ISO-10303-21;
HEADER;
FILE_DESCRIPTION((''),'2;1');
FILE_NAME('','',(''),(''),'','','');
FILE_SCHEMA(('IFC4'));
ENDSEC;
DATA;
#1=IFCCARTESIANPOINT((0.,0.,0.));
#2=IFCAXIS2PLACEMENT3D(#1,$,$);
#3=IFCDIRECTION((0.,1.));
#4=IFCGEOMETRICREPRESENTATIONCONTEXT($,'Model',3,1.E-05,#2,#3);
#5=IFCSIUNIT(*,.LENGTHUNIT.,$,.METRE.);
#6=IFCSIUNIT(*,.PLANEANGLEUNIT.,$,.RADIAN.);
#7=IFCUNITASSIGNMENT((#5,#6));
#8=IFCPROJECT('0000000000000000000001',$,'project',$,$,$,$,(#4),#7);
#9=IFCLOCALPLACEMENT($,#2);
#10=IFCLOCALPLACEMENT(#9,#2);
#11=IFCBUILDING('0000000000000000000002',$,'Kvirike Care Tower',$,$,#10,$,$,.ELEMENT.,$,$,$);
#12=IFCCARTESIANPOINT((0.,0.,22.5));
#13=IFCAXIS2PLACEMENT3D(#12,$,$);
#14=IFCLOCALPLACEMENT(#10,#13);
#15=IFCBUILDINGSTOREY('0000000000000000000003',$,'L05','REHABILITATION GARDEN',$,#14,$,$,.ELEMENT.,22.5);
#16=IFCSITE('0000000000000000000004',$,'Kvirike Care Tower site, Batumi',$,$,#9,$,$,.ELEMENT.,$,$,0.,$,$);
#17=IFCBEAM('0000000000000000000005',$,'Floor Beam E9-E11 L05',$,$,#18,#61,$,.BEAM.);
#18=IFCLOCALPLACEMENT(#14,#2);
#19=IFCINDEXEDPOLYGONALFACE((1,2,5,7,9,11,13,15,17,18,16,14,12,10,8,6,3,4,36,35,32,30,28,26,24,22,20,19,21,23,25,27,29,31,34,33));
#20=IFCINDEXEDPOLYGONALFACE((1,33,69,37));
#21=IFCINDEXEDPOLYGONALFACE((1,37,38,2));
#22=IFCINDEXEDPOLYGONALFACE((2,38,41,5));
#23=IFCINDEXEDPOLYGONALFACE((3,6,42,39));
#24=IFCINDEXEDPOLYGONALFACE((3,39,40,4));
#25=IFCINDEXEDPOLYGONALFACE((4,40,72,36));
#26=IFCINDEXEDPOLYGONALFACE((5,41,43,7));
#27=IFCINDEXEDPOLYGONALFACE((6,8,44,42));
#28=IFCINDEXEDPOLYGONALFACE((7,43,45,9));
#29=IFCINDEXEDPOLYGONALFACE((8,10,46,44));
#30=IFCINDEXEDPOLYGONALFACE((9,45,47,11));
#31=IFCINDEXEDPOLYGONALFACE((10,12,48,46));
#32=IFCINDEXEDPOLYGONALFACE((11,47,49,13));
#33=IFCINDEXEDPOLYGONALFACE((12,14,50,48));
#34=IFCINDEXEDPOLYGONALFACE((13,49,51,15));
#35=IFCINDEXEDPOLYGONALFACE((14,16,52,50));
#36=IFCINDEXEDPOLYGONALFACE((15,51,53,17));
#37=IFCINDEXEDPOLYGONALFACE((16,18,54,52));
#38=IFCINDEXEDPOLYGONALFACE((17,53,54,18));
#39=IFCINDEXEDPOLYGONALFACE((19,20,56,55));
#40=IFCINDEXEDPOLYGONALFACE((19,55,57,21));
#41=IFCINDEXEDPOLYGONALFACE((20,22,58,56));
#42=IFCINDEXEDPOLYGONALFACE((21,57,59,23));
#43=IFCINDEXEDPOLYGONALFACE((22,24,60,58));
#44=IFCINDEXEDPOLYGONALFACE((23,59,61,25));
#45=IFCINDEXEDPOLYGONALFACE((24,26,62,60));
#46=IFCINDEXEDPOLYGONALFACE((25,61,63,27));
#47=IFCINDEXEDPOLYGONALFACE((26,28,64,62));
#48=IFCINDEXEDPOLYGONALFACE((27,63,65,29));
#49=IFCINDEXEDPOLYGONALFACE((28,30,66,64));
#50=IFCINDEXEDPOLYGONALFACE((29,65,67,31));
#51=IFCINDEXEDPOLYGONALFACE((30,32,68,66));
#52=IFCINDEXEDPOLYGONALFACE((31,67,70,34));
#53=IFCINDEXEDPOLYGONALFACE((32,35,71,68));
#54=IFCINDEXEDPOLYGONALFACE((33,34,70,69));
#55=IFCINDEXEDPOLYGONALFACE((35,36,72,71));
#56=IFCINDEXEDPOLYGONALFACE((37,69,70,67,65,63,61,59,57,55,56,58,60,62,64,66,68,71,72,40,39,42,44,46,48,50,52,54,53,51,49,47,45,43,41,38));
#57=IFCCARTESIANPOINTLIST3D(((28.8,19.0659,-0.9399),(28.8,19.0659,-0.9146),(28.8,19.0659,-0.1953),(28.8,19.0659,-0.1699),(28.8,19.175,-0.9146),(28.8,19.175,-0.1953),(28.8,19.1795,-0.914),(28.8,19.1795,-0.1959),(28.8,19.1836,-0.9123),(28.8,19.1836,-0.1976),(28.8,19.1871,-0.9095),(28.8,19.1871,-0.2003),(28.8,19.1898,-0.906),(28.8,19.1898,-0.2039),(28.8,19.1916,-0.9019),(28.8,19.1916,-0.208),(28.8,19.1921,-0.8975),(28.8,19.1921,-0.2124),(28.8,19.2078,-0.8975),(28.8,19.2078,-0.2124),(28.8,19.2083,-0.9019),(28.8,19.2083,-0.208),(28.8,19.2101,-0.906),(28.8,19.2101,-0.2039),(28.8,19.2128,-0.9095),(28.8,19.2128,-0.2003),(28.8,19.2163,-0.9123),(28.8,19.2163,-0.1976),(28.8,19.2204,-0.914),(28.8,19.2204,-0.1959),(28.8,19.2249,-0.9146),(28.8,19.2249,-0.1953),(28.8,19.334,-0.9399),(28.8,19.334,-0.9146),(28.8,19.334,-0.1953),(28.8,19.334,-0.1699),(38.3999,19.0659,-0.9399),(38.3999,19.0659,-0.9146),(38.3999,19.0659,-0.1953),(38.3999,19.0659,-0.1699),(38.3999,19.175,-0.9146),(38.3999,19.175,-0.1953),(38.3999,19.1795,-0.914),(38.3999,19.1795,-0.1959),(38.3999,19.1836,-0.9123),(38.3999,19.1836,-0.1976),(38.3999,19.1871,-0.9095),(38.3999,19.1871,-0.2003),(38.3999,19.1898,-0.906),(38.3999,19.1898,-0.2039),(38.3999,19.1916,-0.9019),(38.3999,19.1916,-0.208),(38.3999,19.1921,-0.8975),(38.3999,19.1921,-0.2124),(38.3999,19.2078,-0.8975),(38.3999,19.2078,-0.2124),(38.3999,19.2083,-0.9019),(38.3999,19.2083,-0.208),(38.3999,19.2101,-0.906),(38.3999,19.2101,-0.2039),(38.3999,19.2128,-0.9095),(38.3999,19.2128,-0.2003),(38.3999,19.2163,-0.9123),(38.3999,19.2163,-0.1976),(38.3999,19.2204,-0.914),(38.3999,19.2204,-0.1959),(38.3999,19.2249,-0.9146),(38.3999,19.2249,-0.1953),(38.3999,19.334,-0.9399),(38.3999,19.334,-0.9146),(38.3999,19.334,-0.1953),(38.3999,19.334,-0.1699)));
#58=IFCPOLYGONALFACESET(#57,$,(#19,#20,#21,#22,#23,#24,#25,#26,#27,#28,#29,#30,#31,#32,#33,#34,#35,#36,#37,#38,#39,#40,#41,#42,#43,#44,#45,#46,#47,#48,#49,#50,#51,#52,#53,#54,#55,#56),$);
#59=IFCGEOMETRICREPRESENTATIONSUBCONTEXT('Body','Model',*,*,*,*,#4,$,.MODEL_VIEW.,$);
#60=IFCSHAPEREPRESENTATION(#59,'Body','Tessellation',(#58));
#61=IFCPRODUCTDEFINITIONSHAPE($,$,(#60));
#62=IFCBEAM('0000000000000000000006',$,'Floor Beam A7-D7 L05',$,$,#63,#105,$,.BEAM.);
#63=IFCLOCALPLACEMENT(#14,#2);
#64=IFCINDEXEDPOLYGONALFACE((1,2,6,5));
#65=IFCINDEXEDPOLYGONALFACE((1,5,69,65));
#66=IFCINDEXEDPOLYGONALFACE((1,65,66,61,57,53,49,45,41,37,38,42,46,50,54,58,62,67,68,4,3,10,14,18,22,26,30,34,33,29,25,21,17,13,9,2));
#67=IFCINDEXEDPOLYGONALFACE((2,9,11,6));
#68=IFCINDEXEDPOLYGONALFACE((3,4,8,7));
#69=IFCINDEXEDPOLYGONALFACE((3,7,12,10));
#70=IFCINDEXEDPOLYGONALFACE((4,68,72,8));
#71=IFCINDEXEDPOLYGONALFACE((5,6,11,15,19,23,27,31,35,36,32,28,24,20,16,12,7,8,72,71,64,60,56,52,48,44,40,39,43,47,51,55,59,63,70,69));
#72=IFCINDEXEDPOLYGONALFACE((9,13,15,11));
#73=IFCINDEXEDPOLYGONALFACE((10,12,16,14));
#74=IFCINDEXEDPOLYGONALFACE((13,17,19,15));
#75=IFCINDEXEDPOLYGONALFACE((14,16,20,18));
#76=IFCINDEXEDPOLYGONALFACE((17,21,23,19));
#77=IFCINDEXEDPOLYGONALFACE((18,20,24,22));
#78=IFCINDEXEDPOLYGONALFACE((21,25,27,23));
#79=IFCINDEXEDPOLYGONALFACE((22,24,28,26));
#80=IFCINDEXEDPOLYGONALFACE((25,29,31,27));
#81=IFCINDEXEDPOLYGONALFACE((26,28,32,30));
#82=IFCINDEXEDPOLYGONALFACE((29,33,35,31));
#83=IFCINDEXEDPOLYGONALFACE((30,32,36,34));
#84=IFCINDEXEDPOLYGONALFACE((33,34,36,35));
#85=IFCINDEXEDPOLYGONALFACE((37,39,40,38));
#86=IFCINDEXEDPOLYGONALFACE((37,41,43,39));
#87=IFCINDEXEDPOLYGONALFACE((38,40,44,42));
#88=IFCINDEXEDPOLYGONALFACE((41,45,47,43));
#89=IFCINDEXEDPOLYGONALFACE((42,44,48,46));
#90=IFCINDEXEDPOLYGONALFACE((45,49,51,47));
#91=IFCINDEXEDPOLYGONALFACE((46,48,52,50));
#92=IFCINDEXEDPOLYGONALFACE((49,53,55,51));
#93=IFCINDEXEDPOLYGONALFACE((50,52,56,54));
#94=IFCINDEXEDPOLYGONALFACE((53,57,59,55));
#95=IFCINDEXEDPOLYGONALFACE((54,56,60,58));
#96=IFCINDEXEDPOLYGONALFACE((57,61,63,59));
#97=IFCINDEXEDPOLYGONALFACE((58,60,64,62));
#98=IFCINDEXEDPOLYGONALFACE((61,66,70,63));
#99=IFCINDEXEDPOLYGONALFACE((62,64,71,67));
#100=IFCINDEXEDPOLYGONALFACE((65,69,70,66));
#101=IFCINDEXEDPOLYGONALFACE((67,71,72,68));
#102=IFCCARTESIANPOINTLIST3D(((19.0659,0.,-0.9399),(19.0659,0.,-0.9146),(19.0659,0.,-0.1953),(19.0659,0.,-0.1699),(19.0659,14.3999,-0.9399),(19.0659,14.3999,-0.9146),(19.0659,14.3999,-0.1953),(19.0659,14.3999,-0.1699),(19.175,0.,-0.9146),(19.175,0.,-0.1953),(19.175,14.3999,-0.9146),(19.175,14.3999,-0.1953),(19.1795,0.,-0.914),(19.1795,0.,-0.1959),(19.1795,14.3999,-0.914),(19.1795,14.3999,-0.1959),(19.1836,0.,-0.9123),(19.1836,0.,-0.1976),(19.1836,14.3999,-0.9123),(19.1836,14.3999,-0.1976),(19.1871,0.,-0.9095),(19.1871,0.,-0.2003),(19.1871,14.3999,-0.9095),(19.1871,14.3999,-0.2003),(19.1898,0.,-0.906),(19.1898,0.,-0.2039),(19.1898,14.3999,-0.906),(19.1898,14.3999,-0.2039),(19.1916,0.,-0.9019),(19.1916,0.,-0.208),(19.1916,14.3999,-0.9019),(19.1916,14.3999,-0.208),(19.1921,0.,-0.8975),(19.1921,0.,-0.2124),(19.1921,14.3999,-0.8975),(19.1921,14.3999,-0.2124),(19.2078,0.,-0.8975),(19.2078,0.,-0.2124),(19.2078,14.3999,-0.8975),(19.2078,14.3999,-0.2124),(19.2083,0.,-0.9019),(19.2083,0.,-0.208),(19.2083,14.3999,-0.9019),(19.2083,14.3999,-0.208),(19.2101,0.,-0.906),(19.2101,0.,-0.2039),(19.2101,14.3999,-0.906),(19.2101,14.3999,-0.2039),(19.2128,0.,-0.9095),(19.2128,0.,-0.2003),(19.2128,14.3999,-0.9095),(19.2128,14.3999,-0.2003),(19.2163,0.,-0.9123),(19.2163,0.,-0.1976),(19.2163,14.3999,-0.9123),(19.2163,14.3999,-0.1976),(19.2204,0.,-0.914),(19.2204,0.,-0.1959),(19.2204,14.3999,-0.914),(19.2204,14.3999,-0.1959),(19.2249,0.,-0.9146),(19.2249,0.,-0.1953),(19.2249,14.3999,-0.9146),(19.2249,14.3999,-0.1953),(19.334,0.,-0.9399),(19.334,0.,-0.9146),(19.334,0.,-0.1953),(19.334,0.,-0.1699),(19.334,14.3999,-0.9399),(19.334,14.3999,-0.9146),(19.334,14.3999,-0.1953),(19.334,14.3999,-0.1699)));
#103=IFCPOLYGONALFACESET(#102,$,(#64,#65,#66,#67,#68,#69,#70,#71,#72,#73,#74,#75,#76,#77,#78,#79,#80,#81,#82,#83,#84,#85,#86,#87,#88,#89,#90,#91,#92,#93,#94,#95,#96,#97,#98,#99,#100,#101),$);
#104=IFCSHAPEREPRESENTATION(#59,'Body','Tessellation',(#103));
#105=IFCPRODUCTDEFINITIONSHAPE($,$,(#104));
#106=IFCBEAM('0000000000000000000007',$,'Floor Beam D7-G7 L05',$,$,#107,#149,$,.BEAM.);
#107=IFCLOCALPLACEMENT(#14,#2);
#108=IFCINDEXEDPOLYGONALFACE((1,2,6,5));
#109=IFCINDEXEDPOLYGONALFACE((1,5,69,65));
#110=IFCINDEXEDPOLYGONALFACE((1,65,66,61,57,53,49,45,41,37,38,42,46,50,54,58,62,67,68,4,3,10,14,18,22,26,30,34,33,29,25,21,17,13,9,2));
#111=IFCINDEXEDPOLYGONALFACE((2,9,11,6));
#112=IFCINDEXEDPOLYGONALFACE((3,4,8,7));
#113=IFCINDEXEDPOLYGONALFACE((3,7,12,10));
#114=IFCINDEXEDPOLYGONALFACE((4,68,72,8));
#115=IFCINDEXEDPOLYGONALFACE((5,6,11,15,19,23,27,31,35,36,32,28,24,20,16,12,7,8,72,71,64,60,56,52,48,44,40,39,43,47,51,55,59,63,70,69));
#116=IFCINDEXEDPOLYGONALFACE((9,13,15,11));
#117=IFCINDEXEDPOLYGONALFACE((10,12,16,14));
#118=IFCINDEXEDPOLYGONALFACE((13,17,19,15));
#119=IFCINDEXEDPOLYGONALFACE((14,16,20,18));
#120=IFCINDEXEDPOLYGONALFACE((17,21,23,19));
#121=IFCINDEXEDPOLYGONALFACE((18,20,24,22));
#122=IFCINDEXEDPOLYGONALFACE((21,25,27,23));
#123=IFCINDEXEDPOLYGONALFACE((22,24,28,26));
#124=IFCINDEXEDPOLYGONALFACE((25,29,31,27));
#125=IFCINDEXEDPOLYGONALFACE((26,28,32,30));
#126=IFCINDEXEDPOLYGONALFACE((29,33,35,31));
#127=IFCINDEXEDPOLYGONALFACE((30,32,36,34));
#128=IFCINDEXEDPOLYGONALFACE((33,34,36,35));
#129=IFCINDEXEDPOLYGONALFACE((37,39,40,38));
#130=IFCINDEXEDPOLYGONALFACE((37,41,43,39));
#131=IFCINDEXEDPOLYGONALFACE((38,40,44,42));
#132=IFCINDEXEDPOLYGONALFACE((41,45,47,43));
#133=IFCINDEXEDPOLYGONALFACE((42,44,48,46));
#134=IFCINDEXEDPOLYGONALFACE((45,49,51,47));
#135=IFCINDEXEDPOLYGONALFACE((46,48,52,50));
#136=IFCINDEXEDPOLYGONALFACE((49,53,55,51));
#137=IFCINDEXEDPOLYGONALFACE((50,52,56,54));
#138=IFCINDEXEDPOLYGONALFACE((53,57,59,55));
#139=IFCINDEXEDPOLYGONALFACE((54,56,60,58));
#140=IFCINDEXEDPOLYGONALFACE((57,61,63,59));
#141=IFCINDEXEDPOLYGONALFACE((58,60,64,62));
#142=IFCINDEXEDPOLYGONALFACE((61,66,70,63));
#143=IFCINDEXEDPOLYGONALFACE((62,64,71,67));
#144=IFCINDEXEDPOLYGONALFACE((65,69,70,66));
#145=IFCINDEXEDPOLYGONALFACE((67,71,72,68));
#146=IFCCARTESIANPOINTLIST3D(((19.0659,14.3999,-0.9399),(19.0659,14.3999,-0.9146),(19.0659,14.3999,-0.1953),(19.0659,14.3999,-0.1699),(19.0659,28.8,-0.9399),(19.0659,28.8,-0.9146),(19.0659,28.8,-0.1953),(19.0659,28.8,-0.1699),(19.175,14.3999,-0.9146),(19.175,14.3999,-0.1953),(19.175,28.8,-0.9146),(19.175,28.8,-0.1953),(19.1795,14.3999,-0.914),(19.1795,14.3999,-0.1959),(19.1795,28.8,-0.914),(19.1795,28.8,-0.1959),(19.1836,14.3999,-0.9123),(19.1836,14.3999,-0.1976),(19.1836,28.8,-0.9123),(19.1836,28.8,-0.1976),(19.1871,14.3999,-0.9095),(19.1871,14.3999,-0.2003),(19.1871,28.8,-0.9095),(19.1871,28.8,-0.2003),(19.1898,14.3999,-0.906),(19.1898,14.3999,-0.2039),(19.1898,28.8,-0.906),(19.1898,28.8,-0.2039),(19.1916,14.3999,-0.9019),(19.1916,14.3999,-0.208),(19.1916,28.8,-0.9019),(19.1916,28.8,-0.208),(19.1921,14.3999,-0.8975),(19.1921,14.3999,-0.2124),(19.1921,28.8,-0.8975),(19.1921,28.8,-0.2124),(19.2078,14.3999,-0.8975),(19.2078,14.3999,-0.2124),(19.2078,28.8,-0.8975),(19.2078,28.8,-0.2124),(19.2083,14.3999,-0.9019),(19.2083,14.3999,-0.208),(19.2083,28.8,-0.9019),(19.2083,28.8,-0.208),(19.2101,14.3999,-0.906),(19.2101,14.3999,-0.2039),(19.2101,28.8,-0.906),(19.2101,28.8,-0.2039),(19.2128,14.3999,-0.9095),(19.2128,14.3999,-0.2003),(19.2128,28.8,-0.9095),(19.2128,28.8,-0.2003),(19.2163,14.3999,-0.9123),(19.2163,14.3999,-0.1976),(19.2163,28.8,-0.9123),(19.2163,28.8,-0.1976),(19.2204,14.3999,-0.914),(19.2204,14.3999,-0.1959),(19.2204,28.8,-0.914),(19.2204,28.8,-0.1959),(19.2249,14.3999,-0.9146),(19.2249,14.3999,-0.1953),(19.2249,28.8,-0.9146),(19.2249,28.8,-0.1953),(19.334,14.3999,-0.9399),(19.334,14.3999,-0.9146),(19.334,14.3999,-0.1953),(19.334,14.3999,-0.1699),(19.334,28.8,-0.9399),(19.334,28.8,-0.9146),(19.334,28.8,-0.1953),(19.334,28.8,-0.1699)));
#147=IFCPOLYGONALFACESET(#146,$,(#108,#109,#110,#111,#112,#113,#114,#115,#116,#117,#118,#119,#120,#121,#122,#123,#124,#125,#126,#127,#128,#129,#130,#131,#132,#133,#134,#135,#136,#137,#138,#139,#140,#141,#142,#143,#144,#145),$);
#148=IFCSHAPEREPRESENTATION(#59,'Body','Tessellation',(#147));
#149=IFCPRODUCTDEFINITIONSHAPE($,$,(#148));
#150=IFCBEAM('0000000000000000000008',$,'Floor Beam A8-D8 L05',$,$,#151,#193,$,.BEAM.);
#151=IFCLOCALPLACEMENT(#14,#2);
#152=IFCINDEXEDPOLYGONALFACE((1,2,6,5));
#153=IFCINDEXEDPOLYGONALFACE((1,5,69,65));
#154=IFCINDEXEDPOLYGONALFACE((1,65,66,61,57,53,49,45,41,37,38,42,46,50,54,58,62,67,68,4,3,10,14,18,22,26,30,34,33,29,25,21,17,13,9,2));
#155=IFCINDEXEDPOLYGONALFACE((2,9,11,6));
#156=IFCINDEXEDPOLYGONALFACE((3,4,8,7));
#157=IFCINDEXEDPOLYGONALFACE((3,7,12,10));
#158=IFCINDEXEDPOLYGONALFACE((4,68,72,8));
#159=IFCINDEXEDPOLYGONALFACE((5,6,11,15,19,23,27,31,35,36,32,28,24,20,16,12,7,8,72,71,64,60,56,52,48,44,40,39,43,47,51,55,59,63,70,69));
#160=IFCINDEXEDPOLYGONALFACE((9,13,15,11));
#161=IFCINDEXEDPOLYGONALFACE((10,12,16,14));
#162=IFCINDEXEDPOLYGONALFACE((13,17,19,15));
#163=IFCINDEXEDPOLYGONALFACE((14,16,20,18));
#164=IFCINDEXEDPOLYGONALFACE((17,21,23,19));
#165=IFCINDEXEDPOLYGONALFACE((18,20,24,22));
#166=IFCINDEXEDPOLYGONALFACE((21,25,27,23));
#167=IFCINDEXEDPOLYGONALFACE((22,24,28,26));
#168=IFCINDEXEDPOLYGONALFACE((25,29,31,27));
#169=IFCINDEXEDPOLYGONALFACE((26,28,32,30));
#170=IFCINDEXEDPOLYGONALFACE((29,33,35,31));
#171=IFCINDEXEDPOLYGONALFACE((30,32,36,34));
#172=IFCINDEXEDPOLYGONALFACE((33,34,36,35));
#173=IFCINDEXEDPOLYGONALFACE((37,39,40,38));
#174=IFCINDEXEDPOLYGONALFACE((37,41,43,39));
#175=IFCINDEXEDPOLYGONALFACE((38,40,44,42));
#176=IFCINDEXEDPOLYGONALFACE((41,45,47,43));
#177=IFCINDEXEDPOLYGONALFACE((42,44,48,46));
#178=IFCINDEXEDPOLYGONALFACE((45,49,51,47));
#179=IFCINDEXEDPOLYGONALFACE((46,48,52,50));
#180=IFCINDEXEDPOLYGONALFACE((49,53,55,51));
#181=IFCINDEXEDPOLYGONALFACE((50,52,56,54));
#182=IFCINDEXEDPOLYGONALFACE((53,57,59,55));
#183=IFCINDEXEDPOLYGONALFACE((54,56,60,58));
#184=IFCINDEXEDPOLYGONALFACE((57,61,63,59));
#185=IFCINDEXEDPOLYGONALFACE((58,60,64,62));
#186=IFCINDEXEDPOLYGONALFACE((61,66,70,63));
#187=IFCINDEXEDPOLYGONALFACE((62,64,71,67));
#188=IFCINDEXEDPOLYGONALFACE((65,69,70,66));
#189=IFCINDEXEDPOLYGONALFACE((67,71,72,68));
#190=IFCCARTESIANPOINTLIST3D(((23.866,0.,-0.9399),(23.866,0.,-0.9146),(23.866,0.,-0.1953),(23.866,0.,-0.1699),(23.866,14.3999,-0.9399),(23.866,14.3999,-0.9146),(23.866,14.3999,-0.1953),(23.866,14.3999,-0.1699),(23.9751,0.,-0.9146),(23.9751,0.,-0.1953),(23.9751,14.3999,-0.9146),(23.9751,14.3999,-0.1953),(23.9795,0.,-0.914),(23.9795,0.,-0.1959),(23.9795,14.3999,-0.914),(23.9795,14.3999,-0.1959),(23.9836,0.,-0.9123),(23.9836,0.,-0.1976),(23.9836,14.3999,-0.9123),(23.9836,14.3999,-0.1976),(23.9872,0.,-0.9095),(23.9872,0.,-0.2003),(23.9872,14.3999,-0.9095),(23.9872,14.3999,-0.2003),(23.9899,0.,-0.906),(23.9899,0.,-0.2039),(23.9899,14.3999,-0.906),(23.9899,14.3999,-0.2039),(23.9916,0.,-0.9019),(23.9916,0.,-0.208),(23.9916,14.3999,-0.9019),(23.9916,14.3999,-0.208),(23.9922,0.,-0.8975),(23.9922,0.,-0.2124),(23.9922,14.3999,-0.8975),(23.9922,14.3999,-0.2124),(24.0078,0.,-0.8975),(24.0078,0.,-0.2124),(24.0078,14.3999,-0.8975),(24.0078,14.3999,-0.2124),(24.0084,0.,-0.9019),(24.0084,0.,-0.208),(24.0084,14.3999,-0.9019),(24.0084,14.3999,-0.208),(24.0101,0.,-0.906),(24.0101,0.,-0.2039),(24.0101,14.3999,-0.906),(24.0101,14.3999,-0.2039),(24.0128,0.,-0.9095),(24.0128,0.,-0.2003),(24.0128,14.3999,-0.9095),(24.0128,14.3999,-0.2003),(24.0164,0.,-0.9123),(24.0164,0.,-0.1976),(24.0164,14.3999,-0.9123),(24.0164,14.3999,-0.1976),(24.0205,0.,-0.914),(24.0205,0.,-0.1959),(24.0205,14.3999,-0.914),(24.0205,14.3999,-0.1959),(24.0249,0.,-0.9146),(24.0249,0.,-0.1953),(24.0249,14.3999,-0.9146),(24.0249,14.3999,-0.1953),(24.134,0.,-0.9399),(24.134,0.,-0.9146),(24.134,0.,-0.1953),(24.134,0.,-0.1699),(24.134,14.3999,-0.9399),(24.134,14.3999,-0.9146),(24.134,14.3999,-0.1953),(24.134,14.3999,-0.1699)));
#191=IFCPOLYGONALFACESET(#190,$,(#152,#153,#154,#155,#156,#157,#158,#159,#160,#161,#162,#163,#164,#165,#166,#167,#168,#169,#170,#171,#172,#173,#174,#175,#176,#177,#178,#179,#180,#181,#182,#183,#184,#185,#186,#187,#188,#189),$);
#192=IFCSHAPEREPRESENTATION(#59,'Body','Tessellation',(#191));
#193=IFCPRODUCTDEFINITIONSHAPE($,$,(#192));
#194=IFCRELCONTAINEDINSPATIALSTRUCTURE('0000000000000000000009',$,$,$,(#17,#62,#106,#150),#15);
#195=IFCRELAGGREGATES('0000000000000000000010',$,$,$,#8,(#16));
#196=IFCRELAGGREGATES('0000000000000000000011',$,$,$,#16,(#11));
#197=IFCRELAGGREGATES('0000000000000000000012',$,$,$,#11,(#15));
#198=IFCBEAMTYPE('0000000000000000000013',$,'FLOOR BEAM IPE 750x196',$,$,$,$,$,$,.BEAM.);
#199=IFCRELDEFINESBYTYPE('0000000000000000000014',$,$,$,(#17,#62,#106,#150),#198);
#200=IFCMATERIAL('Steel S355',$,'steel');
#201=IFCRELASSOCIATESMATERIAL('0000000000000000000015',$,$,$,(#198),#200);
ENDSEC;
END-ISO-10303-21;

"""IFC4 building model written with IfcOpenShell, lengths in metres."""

from ifc_helpers import new_model, si_unit, direction, frame, origin, origin_2d, place, context, subcontext, project, spatial, i_section, extrude, material, material_profile, profile_set, type_object, element, save


model = new_model("IFC4")

# Units and contexts
model_context = context("Model", 3, precision=1e-05, world=origin(), true_north=direction((0.0, 1.0)))
body_context = subcontext(model_context, "Body", "Model", "MODEL_VIEW")
ifc_project = project(units=[si_unit("LENGTHUNIT", "METRE"), si_unit("PLANEANGLEUNIT", "RADIAN")], contexts=[model_context])

# Site, building, storey
site_placement = place(None, origin())
site = spatial("IfcSite", under=ifc_project, at=site_placement, Name="Kvirike Care Tower site, Batumi", CompositionType="ELEMENT", RefElevation=0.0)
building_placement = place(site_placement, origin())
building = spatial("IfcBuilding", under=site, at=building_placement, Name="Kvirike Care Tower", CompositionType="ELEMENT")
storey_placement = place(building_placement, frame((0.0, 0.0, 22.5)))
storey = spatial("IfcBuildingStorey", under=building, at=storey_placement, Name="L05", Description="REHABILITATION GARDEN", CompositionType="ELEMENT", Elevation=22.5)

# Beams
ifc_material_1 = material(Name="Steel S355", Category="steel")
ifc_material_profile_1 = material_profile(ifc_material_1, i_section(OverallWidth=0.2681, OverallDepth=0.77, WebThickness=0.0156, FlangeThickness=0.0254, FilletRadius=0.0171, at=origin_2d()), Name="IPE 750x196")
ifc_profile_set_1 = profile_set([ifc_material_profile_1], Name="Steel S355")
beam_type_1 = type_object("IfcBeamType", Name="FLOOR BEAM IPE 750x196", PredefinedType="BEAM", material=ifc_profile_set_1)
beam_1_placement = place(storey_placement, frame((28.8, 19.2, -0.5549), z_axis=(1.0, 0.0, 0.0), x_axis=(0.0, 1.0, 0.0)))
element("IfcBeam", 1, at=beam_1_placement, inside=storey, type_object=beam_type_1, Name="Floor Beam E9-E11 L05", PredefinedType="BEAM", context=body_context, shape_type="SweptSolid", body=[
    extrude(i_section(OverallWidth=0.2681, OverallDepth=0.77, WebThickness=0.0156, FlangeThickness=0.0254, FilletRadius=0.0171, at=origin_2d()), origin(), (0.0, 0.0, 1.0), 9.5999),
])
beam_2_placement = place(storey_placement, frame((19.2, 0.0, -0.5549), z_axis=(0.0, 1.0, 0.0), x_axis=(-1.0, 0.0, 0.0)))
element("IfcBeam", 2, at=beam_2_placement, inside=storey, type_object=beam_type_1, Name="Floor Beam A7-D7 L05", PredefinedType="BEAM", context=body_context, shape_type="SweptSolid", body=[
    extrude(i_section(OverallWidth=0.2681, OverallDepth=0.77, WebThickness=0.0156, FlangeThickness=0.0254, FilletRadius=0.0171, at=origin_2d()), origin(), (0.0, 0.0, 1.0), 14.3999),
])
beam_3_placement = place(storey_placement, frame((19.2, 14.3999, -0.5549), z_axis=(0.0, 1.0, 0.0), x_axis=(-1.0, 0.0, 0.0)))
element("IfcBeam", 3, at=beam_3_placement, inside=storey, type_object=beam_type_1, Name="Floor Beam D7-G7 L05", PredefinedType="BEAM", context=body_context, shape_type="SweptSolid", body=[
    extrude(i_section(OverallWidth=0.2681, OverallDepth=0.77, WebThickness=0.0156, FlangeThickness=0.0254, FilletRadius=0.0171, at=origin_2d()), origin(), (0.0, 0.0, 1.0), 14.4001),
])
for number, where, z_axis, x_axis, name in (
    (4, (24.0, 0.0, -0.5549), (0.0, 1.0, 0.0), (-1.0, 0.0, 0.0), "Floor Beam A8-D8 L05"),
):
    element("IfcBeam", number, at=place(storey_placement, frame(where, z_axis=z_axis, x_axis=x_axis)), inside=storey, type_object=beam_type_1, Name=name, PredefinedType="BEAM", context=body_context, shape_type="SweptSolid", body=[
        extrude(i_section(OverallWidth=0.2681, OverallDepth=0.77, WebThickness=0.0156, FlangeThickness=0.0254, FilletRadius=0.0171, at=origin_2d()), origin(), (0.0, 0.0, 1.0), 14.3999),
    ])

save(model, "model.ifc")
